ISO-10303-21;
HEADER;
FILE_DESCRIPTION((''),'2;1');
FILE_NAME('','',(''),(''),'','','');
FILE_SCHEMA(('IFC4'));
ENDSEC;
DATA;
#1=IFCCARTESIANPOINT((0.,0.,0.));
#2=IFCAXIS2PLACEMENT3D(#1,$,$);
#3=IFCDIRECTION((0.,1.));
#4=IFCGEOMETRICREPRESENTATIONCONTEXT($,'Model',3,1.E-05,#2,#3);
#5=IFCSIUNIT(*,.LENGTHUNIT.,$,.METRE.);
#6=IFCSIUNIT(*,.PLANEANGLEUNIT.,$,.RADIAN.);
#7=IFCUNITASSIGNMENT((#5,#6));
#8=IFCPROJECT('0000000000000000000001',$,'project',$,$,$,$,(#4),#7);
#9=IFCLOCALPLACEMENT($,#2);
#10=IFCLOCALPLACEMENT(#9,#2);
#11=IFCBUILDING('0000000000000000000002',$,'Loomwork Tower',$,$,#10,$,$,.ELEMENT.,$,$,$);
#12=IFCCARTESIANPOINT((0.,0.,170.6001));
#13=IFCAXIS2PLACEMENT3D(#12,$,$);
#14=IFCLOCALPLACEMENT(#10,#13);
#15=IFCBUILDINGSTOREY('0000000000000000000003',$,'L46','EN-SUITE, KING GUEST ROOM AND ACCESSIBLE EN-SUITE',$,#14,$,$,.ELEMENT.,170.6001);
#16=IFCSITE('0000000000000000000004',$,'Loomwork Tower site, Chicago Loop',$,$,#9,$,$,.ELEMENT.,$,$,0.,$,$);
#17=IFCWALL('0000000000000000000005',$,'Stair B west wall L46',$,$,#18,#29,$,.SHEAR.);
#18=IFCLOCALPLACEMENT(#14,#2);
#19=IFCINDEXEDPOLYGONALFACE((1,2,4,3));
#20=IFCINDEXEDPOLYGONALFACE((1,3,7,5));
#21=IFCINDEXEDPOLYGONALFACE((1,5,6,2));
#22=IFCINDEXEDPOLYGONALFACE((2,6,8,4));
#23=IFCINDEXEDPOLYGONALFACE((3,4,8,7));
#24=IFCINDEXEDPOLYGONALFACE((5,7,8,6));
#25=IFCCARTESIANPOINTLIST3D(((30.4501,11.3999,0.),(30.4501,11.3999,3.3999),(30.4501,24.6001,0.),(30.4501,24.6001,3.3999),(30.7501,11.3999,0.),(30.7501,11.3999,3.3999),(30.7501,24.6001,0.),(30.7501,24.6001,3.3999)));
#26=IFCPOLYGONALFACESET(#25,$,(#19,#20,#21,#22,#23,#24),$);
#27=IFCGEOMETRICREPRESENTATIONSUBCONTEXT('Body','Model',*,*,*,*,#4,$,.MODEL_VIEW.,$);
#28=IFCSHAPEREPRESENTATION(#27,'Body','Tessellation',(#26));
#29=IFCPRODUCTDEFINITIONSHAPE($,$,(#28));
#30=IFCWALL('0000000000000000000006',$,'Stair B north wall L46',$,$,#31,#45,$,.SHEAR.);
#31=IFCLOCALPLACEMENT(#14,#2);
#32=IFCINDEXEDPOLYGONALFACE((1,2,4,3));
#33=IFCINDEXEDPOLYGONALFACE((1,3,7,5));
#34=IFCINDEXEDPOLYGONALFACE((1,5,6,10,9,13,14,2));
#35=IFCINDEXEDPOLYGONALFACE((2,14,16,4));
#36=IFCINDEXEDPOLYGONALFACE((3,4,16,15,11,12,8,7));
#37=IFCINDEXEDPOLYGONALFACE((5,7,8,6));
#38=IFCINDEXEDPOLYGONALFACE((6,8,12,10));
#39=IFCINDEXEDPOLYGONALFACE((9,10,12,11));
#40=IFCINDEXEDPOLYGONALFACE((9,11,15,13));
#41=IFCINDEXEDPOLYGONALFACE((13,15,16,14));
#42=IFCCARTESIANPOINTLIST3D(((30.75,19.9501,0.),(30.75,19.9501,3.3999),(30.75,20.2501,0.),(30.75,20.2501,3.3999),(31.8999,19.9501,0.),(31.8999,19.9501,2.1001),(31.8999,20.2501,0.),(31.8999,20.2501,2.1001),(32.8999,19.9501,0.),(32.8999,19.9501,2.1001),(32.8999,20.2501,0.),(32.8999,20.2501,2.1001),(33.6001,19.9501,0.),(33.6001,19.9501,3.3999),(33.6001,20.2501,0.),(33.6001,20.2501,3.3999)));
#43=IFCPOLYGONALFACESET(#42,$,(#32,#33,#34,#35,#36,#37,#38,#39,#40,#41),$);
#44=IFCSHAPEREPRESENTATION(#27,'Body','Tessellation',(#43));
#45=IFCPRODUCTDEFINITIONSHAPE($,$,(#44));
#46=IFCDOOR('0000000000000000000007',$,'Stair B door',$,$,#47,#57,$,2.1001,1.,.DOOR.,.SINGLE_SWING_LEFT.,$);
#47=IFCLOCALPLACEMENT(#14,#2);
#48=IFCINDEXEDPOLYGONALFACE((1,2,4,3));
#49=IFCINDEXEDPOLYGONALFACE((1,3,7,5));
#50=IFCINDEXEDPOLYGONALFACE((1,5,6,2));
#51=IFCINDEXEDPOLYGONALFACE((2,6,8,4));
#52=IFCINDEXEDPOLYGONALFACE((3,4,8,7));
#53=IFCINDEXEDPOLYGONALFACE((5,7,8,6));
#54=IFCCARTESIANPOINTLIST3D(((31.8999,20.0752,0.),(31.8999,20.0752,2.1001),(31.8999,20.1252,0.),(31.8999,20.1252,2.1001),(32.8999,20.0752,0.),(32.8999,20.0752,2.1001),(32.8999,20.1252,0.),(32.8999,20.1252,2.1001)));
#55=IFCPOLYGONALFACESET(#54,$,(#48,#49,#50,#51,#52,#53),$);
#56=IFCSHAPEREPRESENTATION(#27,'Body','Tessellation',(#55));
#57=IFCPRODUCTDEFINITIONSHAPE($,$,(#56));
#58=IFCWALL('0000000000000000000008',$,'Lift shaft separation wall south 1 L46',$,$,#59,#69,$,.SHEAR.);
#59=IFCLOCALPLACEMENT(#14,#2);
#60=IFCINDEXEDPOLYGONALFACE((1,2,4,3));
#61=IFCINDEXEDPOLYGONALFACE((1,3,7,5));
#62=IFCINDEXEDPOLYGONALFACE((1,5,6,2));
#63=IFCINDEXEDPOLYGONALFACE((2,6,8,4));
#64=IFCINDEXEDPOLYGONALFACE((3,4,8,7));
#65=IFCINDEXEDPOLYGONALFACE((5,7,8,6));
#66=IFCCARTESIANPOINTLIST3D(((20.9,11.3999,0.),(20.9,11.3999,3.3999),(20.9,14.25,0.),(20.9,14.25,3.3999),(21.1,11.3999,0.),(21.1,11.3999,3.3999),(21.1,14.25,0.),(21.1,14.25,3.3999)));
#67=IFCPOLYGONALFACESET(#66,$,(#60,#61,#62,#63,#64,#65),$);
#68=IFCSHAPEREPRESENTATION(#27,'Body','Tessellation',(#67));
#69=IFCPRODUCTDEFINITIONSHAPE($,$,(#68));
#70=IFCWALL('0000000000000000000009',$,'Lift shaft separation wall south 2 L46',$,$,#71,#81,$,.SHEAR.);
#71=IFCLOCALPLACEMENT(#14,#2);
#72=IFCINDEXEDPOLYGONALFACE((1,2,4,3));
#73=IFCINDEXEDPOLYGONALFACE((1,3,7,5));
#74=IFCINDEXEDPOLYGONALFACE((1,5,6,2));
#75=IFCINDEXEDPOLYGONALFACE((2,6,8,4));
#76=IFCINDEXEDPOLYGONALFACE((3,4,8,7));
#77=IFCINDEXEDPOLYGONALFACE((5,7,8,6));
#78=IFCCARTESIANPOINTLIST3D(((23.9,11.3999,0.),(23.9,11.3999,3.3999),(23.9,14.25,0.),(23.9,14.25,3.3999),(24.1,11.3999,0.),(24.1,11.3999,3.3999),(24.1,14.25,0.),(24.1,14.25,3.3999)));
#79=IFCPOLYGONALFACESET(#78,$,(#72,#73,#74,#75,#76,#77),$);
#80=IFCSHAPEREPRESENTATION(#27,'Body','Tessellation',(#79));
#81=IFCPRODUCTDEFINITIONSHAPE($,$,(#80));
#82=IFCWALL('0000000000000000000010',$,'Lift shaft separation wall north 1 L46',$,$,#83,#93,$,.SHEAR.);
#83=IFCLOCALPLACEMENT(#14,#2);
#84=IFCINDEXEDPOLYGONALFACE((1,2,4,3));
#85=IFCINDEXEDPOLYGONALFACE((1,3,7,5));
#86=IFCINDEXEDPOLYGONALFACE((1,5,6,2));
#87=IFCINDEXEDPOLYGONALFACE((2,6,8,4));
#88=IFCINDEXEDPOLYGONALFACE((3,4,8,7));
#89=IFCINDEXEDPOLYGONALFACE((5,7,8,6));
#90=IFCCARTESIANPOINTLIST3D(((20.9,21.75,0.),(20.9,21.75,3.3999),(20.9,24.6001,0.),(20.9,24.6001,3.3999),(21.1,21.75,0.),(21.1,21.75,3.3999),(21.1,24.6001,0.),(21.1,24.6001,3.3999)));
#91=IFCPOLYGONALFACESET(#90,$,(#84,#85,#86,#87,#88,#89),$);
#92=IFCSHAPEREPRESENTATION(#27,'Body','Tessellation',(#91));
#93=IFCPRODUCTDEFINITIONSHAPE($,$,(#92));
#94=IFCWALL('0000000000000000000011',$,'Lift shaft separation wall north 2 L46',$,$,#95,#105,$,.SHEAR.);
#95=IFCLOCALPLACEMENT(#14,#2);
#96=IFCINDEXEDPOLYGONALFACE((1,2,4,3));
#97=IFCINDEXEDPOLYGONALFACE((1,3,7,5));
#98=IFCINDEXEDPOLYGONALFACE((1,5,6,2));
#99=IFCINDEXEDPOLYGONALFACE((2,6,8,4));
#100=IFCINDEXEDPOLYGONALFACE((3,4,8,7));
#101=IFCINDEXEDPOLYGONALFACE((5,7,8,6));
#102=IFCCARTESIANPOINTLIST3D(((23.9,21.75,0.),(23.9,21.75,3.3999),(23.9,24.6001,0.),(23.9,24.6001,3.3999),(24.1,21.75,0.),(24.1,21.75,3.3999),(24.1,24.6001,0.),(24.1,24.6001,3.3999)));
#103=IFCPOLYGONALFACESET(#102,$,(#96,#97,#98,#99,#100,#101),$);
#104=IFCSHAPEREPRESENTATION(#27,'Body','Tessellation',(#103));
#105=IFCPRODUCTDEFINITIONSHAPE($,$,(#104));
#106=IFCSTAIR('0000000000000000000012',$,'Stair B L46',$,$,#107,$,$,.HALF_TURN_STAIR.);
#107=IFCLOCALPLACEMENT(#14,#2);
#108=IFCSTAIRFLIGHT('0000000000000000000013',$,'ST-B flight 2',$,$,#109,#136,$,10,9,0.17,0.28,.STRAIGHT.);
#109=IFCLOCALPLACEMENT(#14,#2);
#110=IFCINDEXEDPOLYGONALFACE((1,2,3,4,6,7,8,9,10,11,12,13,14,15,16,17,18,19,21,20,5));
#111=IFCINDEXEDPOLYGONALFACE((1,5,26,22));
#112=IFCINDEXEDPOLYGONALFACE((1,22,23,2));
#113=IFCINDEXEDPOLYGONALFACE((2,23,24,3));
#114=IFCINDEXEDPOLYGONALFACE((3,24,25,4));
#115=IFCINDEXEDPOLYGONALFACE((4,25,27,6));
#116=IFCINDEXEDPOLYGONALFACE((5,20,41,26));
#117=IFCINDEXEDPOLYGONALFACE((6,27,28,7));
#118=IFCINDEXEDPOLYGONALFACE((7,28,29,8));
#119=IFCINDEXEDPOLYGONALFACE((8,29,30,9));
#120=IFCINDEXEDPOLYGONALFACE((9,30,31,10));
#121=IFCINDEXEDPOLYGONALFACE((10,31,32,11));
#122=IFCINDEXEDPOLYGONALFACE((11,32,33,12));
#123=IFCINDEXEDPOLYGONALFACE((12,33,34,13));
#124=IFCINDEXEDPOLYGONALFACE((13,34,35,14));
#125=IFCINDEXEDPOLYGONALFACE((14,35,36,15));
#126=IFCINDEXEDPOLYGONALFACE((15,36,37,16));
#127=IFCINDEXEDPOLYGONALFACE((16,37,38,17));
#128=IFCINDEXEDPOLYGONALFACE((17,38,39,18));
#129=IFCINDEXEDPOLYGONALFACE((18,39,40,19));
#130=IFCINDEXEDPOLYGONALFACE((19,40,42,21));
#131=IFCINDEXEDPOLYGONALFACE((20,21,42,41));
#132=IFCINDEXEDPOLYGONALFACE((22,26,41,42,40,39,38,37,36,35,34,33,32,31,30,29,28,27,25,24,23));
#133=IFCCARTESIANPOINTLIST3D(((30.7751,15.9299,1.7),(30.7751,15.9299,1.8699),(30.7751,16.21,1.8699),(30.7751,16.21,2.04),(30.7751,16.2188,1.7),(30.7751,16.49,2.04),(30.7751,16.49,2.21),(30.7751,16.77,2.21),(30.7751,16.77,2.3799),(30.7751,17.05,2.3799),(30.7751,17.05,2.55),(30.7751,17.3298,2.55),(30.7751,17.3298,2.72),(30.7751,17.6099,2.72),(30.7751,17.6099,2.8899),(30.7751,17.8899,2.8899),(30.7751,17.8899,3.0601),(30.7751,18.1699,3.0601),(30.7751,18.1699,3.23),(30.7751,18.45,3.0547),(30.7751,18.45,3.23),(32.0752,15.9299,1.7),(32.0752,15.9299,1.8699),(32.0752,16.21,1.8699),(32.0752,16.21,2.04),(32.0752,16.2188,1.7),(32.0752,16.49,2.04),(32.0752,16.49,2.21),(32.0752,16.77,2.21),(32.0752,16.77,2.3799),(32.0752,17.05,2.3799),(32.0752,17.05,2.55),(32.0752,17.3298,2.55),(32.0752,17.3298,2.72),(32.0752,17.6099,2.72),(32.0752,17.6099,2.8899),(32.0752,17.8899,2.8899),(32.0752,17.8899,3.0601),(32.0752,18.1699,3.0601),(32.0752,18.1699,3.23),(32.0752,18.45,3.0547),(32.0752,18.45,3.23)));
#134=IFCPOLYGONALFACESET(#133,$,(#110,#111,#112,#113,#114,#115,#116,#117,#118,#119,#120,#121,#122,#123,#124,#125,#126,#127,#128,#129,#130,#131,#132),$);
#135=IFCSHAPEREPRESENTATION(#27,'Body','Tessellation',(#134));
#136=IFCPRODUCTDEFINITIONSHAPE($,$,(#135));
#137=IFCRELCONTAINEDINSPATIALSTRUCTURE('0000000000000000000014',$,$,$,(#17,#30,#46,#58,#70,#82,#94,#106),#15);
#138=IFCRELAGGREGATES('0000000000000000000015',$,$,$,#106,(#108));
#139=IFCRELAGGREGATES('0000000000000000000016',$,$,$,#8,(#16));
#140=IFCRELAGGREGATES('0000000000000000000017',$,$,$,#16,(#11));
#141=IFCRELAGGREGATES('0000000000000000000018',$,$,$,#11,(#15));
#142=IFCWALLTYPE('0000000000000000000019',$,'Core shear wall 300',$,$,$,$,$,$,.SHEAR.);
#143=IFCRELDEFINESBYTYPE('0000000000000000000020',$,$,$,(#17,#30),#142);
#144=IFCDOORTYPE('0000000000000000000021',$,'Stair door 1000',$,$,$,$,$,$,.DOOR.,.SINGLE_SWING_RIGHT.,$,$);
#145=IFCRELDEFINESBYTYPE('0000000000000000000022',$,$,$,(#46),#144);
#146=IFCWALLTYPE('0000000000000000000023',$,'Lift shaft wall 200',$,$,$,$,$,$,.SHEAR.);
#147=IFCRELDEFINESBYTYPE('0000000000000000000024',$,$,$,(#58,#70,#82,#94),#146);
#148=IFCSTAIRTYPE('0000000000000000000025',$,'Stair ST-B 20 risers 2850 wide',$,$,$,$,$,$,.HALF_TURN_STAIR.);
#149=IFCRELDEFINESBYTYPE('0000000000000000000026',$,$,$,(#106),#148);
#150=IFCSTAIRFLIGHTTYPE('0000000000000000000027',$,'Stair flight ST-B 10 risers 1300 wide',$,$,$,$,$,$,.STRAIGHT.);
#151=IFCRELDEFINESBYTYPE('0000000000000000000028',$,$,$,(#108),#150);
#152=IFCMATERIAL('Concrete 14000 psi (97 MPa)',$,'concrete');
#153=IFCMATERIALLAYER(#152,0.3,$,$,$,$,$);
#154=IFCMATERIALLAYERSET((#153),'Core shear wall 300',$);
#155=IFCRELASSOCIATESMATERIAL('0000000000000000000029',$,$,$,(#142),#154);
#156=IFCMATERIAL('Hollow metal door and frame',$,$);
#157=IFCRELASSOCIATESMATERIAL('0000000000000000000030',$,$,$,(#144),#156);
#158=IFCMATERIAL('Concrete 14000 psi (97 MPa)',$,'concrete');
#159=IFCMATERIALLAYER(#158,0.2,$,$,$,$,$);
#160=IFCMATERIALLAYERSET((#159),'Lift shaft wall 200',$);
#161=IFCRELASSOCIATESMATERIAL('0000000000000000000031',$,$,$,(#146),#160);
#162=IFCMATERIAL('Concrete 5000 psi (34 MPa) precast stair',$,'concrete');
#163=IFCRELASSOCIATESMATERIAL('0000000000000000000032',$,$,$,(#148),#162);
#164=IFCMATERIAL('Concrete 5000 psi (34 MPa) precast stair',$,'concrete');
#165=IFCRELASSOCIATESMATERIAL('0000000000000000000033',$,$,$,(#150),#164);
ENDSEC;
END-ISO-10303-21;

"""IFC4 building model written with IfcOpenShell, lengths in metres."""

from ifc_helpers import new_model, si_unit, direction, frame, frame_2d, origin, place, context, subcontext, project, spatial, polyline, rectangle, outline, extrude, material, layer, layer_set, type_object, element, fill, aggregate, save


model = new_model("IFC4")

# Units and contexts
model_context = context("Model", 3, precision=1e-05, world=origin(), true_north=direction((0.0, 1.0)))
body_context = subcontext(model_context, "Body", "Model", "MODEL_VIEW")
ifc_project = project(units=[si_unit("LENGTHUNIT", "METRE"), si_unit("PLANEANGLEUNIT", "RADIAN")], contexts=[model_context])

# Site, building, storey
site_placement = place(None, origin())
site = spatial("IfcSite", under=ifc_project, at=site_placement, Name="Loomwork Tower site, Chicago Loop", CompositionType="ELEMENT", RefElevation=0.0)
building_placement = place(site_placement, origin())
building = spatial("IfcBuilding", under=site, at=building_placement, Name="Loomwork Tower", CompositionType="ELEMENT")
storey_placement = place(building_placement, frame((0.0, 0.0, 170.6001)))
storey = spatial("IfcBuildingStorey", under=building, at=storey_placement, Name="L46", Description="EN-SUITE, KING GUEST ROOM AND ACCESSIBLE EN-SUITE", CompositionType="ELEMENT", Elevation=170.6001)

# Shared definitions
ifc_material_1 = material(Name="Concrete 14000 psi (97 MPa)", Category="concrete")
ifc_layer_1 = layer(ifc_material_1, 0.3)
ifc_layer_set_1 = layer_set([ifc_layer_1], Name="Core shear wall 300")
wall_type_1 = type_object("IfcWallType", Name="Core shear wall 300", PredefinedType="SHEAR", material=ifc_layer_set_1)

# Wall
wall_1_placement = place(storey_placement, frame((30.6001, 11.3999, 0.0), z_axis=(0.0, 0.0, 1.0), x_axis=(0.0, 1.0, 0.0)))
element("IfcWall", 1, at=wall_1_placement, inside=storey, type_object=wall_type_1, Name="Stair B west wall L46", PredefinedType="SHEAR", context=body_context, shape_type="SweptSolid", body=[
    extrude(rectangle(XDim=13.2002, YDim=0.3, at=frame_2d((6.6001, 0.0))), origin(), (0.0, 0.0, 1.0), 3.3999),
])

# Wall, opening, door
wall_2_placement = place(storey_placement, frame((30.75, 20.1001, 0.0), z_axis=(0.0, 0.0, 1.0), x_axis=(1.0, 0.0, 0.0)))
wall_2 = element("IfcWall", 2, at=wall_2_placement, inside=storey, type_object=wall_type_1, Name="Stair B north wall L46", PredefinedType="SHEAR", context=body_context, shape_type="SweptSolid", body=[
    extrude(rectangle(XDim=2.8501, YDim=0.3, at=frame_2d((1.425, 0.0))), origin(), (0.0, 0.0, 1.0), 3.3999),
])
opening_1_placement = place(wall_2_placement, frame((1.1499, 0.0, 0.0)))
opening_1 = element("IfcOpeningElement", 3, at=opening_1_placement, cuts=wall_2, PredefinedType="OPENING", context=body_context, shape_type="SweptSolid", body=[
    extrude(rectangle(XDim=1.0, YDim=2.1001, at=frame_2d((0.5, 1.05))), frame((0.0, 0.1599, 0.0), z_axis=(0.0, -1.0, 0.0), x_axis=(1.0, 0.0, 0.0)), (0.0, 0.0, 1.0), 0.3201),
])
ifc_material_2 = material(Name="Hollow metal door and frame")
door_type_1 = type_object("IfcDoorType", Name="Stair door 1000", OperationType="SINGLE_SWING_RIGHT", PredefinedType="DOOR", material=ifc_material_2)
door_1_placement = place(opening_1_placement, frame((1.0, 0.0, 0.0), z_axis=(0.0, 0.0, 1.0), x_axis=(-1.0, 0.0, 0.0)))
door_1 = element("IfcDoor", 4, at=door_1_placement, inside=storey, type_object=door_type_1, Name="Stair B door", OperationType="SINGLE_SWING_LEFT", OverallHeight=2.1001, OverallWidth=1.0, PredefinedType="DOOR", context=body_context, shape_type="SweptSolid", body=[
    extrude(rectangle(XDim=1.0, YDim=2.1001, at=frame_2d((0.5, 1.05))), frame((0.0, 0.0249, 0.0), z_axis=(0.0, -1.0, 0.0), x_axis=(1.0, 0.0, 0.0)), (0.0, 0.0, 1.0), 0.05),
])
fill(opening_1, door_1)

# Walls
ifc_material_3 = material(Name="Concrete 14000 psi (97 MPa)", Category="concrete")
ifc_layer_2 = layer(ifc_material_3, 0.2)
ifc_layer_set_2 = layer_set([ifc_layer_2], Name="Lift shaft wall 200")
wall_type_2 = type_object("IfcWallType", Name="Lift shaft wall 200", PredefinedType="SHEAR", material=ifc_layer_set_2)
for number, where, z_axis, x_axis, name in (
    (5, (21.0, 11.3999, 0.0), (0.0, 0.0, 1.0), (0.0, 1.0, 0.0), "Lift shaft separation wall south 1 L46"),
    (6, (24.0, 11.3999, 0.0), (0.0, 0.0, 1.0), (0.0, 1.0, 0.0), "Lift shaft separation wall south 2 L46"),
    (7, (21.0, 21.75, 0.0), (0.0, 0.0, 1.0), (0.0, 1.0, 0.0), "Lift shaft separation wall north 1 L46"),
    (8, (24.0, 21.75, 0.0), (0.0, 0.0, 1.0), (0.0, 1.0, 0.0), "Lift shaft separation wall north 2 L46"),
):
    element("IfcWall", number, at=place(storey_placement, frame(where, z_axis=z_axis, x_axis=x_axis)), inside=storey, type_object=wall_type_2, Name=name, PredefinedType="SHEAR", context=body_context, shape_type="SweptSolid", body=[
        extrude(rectangle(XDim=2.8501, YDim=0.2, at=frame_2d((1.425, 0.0))), origin(), (0.0, 0.0, 1.0), 3.3999),
    ])

# Stair, stair flight
ifc_material_4 = material(Name="Concrete 5000 psi (34 MPa) precast stair", Category="concrete")
stair_type = type_object("IfcStairType", Name="Stair ST-B 20 risers 2850 wide", PredefinedType="HALF_TURN_STAIR", material=ifc_material_4)
stair_placement = place(storey_placement, origin())
stair = element("IfcStair", 9, at=stair_placement, inside=storey, type_object=stair_type, Name="Stair B L46", PredefinedType="HALF_TURN_STAIR")
ifc_material_5 = material(Name="Concrete 5000 psi (34 MPa) precast stair", Category="concrete")
stair_flight_type = type_object("IfcStairFlightType", Name="Stair flight ST-B 10 risers 1300 wide", PredefinedType="STRAIGHT", material=ifc_material_5)
stair_flight_placement = place(storey_placement, frame((31.425, 15.9299, 1.7), z_axis=(0.0, 0.0, 1.0), x_axis=(0.0, 1.0, 0.0)))
stair_flight = element("IfcStairFlight", 10, at=stair_flight_placement, type_object=stair_flight_type, Name="ST-B flight 2", NumberOfRisers=10, NumberOfTreads=9, PredefinedType="STRAIGHT", RiserHeight=0.17, TreadLength=0.28, context=body_context, shape_type="SweptSolid", body=[
    extrude(outline(polyline([(0.0, 0.0), (0.0, 0.1699), (0.28, 0.1699), (0.28, 0.3401), (0.5601, 0.3401), (0.5601, 0.51), (0.8401, 0.51), (0.8401, 0.6799), (1.1201, 0.6799), (1.1201, 0.8501), (1.3999, 0.8501), (1.3999, 1.02), (1.6799, 1.02), (1.6799, 1.1899), (1.96, 1.1899), (1.96, 1.3601), (2.24, 1.3601), (2.24, 1.53), (2.52, 1.53), (2.52, 1.7), (2.52, 1.3547), (0.2888, 0.0), (0.0, 0.0)])), frame((0.0, 0.6499, 0.0), z_axis=(0.0, -1.0, 0.0), x_axis=(1.0, 0.0, 0.0)), (0.0, 0.0, 1.0), 1.3),
])
aggregate(stair, [stair_flight])

save(model, "model.ifc")
